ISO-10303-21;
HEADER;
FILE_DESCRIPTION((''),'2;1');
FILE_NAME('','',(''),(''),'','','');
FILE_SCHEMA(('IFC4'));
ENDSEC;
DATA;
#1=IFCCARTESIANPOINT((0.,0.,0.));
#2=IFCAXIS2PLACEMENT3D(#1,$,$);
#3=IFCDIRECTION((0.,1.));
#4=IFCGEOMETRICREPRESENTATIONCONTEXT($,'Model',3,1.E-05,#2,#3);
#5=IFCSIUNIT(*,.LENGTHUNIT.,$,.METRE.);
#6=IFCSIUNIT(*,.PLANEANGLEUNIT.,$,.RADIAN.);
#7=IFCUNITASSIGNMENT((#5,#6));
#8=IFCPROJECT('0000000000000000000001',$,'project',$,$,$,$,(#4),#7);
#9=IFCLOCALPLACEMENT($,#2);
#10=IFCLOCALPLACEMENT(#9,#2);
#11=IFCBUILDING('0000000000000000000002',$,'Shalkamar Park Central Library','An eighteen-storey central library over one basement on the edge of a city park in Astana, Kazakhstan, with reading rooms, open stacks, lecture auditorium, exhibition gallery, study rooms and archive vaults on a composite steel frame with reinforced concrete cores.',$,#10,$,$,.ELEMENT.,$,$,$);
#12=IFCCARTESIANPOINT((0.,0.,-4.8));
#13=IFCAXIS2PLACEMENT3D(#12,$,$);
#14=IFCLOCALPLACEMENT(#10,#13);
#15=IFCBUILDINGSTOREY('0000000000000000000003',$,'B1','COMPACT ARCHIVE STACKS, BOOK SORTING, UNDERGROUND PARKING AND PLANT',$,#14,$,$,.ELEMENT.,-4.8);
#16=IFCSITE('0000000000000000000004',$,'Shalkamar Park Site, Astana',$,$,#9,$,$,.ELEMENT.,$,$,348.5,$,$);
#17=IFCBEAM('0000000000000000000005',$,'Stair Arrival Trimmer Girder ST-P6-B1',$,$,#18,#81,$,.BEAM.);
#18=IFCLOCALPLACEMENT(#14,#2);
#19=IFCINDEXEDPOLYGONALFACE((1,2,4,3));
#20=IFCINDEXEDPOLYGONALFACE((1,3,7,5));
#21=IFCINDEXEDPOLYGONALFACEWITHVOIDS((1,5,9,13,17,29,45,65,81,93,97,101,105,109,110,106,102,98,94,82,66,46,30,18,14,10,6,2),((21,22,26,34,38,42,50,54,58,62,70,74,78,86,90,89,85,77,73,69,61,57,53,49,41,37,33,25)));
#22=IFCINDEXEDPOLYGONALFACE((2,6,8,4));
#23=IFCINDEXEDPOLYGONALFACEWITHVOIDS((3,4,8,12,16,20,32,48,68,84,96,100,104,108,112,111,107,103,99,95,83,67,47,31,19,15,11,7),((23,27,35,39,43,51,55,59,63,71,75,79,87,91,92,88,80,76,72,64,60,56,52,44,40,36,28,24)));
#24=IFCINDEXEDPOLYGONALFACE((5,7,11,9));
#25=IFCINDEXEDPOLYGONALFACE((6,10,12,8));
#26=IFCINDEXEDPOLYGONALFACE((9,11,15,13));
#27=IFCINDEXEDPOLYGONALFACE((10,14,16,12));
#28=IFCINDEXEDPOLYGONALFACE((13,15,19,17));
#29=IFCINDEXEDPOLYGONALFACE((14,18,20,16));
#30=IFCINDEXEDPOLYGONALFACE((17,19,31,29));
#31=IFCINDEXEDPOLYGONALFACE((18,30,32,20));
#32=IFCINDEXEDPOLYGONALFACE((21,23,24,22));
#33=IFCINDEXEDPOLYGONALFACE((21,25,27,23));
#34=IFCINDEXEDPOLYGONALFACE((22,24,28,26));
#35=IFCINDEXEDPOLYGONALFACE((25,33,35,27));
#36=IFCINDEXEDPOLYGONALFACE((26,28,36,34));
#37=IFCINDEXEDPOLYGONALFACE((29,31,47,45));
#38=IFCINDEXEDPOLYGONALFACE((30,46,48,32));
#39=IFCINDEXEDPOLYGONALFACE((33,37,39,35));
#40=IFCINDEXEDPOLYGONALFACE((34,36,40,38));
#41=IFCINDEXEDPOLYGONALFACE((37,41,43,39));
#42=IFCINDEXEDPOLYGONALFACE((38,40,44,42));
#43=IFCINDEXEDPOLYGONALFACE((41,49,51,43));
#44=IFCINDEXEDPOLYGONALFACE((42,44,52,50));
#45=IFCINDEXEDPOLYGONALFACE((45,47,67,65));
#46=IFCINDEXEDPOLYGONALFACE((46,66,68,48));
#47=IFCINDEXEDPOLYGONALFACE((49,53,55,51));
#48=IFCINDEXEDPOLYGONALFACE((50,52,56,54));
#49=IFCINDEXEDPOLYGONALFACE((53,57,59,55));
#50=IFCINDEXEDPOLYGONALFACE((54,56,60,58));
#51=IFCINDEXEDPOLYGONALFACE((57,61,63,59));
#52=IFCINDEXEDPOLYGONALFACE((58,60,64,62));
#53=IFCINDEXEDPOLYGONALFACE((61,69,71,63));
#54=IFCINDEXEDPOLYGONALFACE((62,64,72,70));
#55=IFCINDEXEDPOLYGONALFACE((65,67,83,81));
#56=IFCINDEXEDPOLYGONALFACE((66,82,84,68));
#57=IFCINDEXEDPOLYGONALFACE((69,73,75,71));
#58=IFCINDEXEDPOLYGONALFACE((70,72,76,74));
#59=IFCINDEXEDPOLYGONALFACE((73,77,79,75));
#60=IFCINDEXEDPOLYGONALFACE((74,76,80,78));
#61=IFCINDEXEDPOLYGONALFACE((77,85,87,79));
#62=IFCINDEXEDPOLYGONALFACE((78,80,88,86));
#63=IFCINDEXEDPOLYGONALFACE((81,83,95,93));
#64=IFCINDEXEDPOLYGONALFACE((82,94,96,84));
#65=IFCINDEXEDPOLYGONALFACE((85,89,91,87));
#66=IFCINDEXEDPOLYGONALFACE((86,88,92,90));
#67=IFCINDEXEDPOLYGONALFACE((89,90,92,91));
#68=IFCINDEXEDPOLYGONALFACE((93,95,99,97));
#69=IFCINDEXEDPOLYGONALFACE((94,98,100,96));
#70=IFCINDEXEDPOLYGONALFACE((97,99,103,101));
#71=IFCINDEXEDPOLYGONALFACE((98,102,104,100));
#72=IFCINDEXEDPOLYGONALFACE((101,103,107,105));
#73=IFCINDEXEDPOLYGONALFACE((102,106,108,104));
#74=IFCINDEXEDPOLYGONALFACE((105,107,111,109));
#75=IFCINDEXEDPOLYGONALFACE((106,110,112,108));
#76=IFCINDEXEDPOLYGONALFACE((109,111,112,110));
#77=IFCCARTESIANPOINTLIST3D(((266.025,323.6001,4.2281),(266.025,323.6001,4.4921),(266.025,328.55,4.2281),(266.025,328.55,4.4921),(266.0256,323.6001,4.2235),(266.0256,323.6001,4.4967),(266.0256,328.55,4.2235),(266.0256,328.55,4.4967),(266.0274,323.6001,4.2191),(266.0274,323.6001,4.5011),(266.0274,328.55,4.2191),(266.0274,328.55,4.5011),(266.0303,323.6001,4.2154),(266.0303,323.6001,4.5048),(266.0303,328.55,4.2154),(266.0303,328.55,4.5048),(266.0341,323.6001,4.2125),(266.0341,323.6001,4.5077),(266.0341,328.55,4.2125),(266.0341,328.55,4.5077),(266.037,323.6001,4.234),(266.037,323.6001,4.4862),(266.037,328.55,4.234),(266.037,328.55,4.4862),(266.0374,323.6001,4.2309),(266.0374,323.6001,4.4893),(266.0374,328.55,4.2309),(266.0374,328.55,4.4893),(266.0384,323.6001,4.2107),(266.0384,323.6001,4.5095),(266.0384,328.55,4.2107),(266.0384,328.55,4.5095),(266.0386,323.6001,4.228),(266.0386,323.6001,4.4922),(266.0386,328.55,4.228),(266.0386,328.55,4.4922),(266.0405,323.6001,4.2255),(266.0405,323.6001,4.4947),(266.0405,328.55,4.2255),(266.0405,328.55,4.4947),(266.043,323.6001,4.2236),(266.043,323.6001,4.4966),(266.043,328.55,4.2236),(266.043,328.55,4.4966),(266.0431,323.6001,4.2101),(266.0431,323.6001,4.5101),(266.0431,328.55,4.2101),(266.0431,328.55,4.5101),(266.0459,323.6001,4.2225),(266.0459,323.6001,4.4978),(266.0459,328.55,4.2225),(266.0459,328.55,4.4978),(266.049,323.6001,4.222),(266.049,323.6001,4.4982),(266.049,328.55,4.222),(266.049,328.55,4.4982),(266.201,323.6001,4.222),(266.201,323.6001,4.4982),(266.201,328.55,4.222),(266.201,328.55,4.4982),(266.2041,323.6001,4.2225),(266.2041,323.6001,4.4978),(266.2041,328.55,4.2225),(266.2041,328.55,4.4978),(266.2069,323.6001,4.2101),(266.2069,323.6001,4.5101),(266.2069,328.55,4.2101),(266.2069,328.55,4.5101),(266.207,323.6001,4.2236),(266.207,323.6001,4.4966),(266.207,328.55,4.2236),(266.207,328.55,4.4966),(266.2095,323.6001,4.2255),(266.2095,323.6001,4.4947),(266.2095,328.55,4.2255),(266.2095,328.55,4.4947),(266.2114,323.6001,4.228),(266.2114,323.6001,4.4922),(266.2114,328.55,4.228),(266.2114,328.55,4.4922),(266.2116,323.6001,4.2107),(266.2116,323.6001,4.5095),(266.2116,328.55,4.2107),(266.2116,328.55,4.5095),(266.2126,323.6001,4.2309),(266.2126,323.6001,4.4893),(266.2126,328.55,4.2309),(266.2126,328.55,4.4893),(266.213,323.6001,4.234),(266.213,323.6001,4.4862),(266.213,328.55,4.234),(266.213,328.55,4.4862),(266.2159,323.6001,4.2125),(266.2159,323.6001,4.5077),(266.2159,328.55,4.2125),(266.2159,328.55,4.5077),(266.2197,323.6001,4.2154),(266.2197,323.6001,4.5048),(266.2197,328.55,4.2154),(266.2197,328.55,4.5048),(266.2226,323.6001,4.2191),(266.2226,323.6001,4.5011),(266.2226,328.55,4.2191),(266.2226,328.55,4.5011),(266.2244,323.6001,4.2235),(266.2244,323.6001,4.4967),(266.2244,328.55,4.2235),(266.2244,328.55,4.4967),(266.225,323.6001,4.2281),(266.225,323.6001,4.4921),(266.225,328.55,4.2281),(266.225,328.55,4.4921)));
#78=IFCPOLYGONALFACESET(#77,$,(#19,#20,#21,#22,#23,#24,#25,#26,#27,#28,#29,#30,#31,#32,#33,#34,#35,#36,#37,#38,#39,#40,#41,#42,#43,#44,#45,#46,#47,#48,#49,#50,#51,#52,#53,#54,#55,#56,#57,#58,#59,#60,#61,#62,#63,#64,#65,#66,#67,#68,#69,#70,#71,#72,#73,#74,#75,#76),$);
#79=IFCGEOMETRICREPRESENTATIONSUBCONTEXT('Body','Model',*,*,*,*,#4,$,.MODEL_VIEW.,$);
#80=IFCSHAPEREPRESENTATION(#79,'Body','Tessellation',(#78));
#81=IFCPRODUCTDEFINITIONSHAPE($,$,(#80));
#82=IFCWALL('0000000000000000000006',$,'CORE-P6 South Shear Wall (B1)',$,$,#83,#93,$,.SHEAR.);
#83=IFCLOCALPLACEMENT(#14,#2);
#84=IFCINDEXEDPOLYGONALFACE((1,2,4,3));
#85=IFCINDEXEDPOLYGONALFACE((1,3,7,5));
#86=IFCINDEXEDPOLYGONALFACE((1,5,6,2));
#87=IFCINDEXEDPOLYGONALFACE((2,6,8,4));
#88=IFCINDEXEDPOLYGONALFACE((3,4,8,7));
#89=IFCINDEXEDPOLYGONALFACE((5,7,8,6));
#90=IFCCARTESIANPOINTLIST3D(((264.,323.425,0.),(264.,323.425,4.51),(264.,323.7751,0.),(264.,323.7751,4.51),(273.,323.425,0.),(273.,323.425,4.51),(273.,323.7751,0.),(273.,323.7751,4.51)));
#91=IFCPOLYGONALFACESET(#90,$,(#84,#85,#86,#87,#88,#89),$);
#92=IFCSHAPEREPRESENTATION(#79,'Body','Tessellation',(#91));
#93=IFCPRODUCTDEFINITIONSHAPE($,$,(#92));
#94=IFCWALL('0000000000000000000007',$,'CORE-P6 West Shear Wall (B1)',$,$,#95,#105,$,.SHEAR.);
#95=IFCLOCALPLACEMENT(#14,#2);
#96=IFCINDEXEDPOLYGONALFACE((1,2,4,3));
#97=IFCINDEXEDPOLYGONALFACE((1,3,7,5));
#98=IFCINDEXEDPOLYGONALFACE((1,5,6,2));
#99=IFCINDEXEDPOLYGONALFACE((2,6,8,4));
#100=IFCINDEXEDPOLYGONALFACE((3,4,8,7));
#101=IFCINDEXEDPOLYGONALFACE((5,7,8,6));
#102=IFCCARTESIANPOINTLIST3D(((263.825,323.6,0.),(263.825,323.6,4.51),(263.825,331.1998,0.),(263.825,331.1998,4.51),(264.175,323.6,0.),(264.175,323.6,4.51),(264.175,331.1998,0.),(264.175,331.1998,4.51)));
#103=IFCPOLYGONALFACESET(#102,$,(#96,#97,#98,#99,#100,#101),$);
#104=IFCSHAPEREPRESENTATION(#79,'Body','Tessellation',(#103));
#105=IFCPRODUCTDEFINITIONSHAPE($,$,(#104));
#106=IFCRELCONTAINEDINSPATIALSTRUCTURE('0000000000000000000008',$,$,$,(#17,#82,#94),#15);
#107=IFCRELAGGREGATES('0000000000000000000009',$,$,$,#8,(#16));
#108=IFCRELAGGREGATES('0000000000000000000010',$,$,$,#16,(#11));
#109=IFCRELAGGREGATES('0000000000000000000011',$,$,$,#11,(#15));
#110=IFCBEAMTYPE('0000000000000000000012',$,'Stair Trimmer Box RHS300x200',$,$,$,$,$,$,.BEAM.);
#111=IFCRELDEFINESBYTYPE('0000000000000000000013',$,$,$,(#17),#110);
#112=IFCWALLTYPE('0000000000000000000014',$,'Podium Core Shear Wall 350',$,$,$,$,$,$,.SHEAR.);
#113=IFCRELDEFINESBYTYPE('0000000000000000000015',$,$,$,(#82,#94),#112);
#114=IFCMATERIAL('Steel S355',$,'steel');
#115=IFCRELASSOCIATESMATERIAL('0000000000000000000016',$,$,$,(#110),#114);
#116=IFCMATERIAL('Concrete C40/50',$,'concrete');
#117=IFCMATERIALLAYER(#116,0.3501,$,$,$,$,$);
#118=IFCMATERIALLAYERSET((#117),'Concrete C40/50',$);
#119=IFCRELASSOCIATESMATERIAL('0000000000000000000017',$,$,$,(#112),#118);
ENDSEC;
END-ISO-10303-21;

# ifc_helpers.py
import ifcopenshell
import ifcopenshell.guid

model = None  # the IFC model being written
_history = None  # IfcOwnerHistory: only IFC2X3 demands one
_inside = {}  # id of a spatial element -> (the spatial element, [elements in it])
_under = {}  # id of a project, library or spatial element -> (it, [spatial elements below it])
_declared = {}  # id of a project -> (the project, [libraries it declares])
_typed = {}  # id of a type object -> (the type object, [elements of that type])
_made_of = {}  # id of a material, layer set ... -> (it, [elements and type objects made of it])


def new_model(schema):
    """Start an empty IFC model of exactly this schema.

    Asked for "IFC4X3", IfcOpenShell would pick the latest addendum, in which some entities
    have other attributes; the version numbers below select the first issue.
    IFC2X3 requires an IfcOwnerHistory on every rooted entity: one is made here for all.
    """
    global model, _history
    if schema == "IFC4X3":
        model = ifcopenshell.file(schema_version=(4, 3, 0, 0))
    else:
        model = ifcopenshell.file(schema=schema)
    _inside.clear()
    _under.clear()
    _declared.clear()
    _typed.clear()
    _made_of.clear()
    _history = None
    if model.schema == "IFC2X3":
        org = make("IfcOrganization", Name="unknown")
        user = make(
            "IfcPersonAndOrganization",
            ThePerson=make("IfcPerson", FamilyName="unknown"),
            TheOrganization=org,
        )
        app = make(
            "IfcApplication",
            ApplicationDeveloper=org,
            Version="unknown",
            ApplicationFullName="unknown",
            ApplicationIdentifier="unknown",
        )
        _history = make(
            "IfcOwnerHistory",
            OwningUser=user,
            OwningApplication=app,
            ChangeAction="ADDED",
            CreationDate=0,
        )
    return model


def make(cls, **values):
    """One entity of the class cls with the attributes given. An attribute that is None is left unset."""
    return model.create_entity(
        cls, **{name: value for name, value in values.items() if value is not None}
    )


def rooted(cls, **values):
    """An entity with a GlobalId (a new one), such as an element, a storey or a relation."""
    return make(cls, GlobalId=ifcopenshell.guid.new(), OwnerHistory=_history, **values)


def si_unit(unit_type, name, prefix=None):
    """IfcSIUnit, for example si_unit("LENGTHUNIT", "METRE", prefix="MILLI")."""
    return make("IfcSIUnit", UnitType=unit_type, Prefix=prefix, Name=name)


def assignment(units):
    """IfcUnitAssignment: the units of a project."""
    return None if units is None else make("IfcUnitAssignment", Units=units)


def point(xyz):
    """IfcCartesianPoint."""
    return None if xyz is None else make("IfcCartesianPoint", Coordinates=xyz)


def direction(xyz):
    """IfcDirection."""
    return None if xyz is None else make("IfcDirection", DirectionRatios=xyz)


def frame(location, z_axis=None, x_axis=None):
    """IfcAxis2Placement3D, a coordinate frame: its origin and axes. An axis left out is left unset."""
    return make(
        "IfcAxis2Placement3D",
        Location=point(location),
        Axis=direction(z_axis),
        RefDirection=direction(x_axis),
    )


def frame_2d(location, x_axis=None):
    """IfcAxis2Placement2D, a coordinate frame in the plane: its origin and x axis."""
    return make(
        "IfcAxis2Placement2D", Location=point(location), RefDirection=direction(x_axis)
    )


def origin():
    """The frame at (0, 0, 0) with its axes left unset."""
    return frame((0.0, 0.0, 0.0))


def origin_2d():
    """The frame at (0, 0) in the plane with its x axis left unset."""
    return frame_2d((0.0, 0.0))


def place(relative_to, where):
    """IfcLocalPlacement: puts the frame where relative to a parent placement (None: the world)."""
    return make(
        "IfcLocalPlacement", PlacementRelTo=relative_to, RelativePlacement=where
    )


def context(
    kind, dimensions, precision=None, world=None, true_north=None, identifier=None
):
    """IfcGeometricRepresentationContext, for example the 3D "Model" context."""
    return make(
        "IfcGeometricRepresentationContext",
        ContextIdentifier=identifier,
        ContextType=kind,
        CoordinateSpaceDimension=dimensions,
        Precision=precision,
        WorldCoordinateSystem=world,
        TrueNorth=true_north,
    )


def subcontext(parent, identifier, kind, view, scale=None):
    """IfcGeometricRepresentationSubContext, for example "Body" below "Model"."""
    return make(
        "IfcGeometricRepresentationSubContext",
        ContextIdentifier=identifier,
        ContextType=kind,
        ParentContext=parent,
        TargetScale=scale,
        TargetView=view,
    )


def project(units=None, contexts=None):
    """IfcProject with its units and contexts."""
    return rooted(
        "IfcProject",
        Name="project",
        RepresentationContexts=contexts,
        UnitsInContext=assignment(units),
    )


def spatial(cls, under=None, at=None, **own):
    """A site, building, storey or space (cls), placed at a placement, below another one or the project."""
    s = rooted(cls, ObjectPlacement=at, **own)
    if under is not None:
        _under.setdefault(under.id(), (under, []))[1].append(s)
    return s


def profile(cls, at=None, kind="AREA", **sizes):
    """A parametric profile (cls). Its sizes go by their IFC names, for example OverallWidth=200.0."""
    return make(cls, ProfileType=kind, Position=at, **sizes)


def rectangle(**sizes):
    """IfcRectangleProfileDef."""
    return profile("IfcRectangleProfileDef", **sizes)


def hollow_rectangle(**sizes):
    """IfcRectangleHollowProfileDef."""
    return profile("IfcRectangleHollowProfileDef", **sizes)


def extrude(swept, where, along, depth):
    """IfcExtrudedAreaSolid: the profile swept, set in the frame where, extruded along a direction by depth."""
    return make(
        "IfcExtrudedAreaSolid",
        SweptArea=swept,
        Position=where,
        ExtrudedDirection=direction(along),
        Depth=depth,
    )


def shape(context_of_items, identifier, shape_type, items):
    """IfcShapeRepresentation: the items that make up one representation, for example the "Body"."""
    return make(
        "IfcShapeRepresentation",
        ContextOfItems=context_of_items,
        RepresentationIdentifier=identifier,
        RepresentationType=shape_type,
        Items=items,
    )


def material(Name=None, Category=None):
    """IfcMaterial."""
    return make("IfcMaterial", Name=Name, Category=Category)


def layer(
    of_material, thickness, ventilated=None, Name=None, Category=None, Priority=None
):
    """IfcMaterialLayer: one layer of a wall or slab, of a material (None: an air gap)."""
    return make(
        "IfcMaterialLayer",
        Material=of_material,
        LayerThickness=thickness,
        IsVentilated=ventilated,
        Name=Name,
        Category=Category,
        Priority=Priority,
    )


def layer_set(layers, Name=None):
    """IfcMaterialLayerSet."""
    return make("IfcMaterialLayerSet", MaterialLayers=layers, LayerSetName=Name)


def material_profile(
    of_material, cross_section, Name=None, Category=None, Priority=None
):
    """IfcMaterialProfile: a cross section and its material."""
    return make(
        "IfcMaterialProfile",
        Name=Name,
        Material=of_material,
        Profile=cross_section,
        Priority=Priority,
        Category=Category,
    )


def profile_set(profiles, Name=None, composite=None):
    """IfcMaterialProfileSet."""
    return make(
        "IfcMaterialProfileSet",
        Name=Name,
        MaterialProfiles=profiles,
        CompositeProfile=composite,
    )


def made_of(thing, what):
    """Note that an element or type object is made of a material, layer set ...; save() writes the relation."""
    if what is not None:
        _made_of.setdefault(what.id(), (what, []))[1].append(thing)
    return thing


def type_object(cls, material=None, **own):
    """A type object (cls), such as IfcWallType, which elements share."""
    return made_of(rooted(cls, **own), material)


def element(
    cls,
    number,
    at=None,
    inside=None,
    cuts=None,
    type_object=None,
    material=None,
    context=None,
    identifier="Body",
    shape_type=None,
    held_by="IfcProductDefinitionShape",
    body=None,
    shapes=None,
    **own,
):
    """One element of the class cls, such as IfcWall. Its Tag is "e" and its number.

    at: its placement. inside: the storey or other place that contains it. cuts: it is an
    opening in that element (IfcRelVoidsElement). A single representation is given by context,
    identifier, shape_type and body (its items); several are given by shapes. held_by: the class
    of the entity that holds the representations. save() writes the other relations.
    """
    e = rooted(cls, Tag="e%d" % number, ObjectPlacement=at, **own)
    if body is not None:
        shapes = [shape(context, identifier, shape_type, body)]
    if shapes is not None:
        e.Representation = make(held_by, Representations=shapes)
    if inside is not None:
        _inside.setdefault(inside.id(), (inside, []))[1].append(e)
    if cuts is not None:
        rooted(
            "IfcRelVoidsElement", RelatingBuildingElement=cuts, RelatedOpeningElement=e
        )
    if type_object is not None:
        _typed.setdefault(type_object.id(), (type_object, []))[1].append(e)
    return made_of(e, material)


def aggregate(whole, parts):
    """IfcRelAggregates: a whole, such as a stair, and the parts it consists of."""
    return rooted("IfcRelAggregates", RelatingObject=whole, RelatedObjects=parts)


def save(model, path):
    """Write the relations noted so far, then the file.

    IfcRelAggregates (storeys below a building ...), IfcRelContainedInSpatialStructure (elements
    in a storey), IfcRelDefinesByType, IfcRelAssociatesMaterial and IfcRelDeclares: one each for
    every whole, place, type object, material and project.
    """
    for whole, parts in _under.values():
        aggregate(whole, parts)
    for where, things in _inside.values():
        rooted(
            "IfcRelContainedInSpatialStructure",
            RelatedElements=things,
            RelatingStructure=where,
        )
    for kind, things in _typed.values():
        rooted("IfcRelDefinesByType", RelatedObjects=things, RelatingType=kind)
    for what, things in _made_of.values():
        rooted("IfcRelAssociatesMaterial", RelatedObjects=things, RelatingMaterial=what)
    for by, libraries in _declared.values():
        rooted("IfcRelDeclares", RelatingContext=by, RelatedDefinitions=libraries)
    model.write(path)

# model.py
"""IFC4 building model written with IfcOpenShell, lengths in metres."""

from ifc_helpers import new_model, si_unit, direction, frame, frame_2d, origin, origin_2d, place, context, subcontext, project, spatial, rectangle, hollow_rectangle, extrude, material, layer, layer_set, material_profile, profile_set, type_object, element, save


model = new_model("IFC4")

# Units and contexts
model_context = context("Model", 3, precision=1e-05, world=origin(), true_north=direction((0.0, 1.0)))
body_context = subcontext(model_context, "Body", "Model", "MODEL_VIEW")
ifc_project = project(units=[si_unit("LENGTHUNIT", "METRE"), si_unit("PLANEANGLEUNIT", "RADIAN")], contexts=[model_context])

# Site, building, storey
site_placement = place(None, origin())
site = spatial("IfcSite", under=ifc_project, at=site_placement, Name="Shalkamar Park Site, Astana", CompositionType="ELEMENT", RefElevation=348.5)
building_placement = place(site_placement, origin())
building = spatial("IfcBuilding", under=site, at=building_placement, Name="Shalkamar Park Central Library", Description="An eighteen-storey central library over one basement on the edge of a city park in Astana, Kazakhstan, with reading rooms, open stacks, lecture auditorium, exhibition gallery, study rooms and archive vaults on a composite steel frame with reinforced concrete cores.", CompositionType="ELEMENT")
storey_placement = place(building_placement, frame((0.0, 0.0, -4.8)))
storey = spatial("IfcBuildingStorey", under=building, at=storey_placement, Name="B1", Description="COMPACT ARCHIVE STACKS, BOOK SORTING, UNDERGROUND PARKING AND PLANT", CompositionType="ELEMENT", Elevation=-4.8)

# Shared definitions
ifc_material_1 = material(Name="Concrete C40/50", Category="concrete")
ifc_material_2 = material(Name="Steel S355", Category="steel")

# Beam
ifc_material_profile_1 = material_profile(ifc_material_2, hollow_rectangle(XDim=0.2, YDim=0.3, WallThickness=0.012, InnerFilletRadius=0.012, OuterFilletRadius=0.0181, at=origin_2d()), Name="RHS 300x200x12")
ifc_profile_set_1 = profile_set([ifc_material_profile_1], Name="Steel S355")
beam_type_1 = type_object("IfcBeamType", Name="Stair Trimmer Box RHS300x200", PredefinedType="BEAM", material=ifc_profile_set_1)
beam_1_placement = place(storey_placement, frame((266.125, 323.6001, 4.3601), z_axis=(0.0, 1.0, 0.0), x_axis=(-1.0, 0.0, 0.0)))
element("IfcBeam", 1, at=beam_1_placement, inside=storey, type_object=beam_type_1, Name="Stair Arrival Trimmer Girder ST-P6-B1", PredefinedType="BEAM", context=body_context, shape_type="SweptSolid", body=[
    extrude(hollow_rectangle(XDim=0.2, YDim=0.3, WallThickness=0.012, InnerFilletRadius=0.012, OuterFilletRadius=0.0181, at=origin_2d()), origin(), (0.0, 0.0, 1.0), 4.95),
])

# Walls
ifc_layer = layer(ifc_material_1, 0.3501)
ifc_layer_set = layer_set([ifc_layer], Name="Concrete C40/50")
wall_type = type_object("IfcWallType", Name="Podium Core Shear Wall 350", PredefinedType="SHEAR", material=ifc_layer_set)
wall_1_placement = place(storey_placement, frame((264.0, 323.6001, 0.0), z_axis=(0.0, 0.0, 1.0), x_axis=(1.0, 0.0, 0.0)))
element("IfcWall", 2, at=wall_1_placement, inside=storey, type_object=wall_type, Name="CORE-P6 South Shear Wall (B1)", PredefinedType="SHEAR", context=body_context, shape_type="SweptSolid", body=[
    extrude(rectangle(XDim=9.0, YDim=0.3501, at=frame_2d((4.5, 0.0))), origin(), (0.0, 0.0, 1.0), 4.51),
])
wall_2_placement = place(storey_placement, frame((264.0, 323.6001, 0.0), z_axis=(0.0, 0.0, 1.0), x_axis=(0.0, 1.0, 0.0)))
element("IfcWall", 3, at=wall_2_placement, inside=storey, type_object=wall_type, Name="CORE-P6 West Shear Wall (B1)", PredefinedType="SHEAR", context=body_context, shape_type="SweptSolid", body=[
    extrude(rectangle(XDim=7.5999, YDim=0.3501, at=frame_2d((3.7998, 0.0))), origin(), (0.0, 0.0, 1.0), 4.51),
])

save(model, "model.ifc")
